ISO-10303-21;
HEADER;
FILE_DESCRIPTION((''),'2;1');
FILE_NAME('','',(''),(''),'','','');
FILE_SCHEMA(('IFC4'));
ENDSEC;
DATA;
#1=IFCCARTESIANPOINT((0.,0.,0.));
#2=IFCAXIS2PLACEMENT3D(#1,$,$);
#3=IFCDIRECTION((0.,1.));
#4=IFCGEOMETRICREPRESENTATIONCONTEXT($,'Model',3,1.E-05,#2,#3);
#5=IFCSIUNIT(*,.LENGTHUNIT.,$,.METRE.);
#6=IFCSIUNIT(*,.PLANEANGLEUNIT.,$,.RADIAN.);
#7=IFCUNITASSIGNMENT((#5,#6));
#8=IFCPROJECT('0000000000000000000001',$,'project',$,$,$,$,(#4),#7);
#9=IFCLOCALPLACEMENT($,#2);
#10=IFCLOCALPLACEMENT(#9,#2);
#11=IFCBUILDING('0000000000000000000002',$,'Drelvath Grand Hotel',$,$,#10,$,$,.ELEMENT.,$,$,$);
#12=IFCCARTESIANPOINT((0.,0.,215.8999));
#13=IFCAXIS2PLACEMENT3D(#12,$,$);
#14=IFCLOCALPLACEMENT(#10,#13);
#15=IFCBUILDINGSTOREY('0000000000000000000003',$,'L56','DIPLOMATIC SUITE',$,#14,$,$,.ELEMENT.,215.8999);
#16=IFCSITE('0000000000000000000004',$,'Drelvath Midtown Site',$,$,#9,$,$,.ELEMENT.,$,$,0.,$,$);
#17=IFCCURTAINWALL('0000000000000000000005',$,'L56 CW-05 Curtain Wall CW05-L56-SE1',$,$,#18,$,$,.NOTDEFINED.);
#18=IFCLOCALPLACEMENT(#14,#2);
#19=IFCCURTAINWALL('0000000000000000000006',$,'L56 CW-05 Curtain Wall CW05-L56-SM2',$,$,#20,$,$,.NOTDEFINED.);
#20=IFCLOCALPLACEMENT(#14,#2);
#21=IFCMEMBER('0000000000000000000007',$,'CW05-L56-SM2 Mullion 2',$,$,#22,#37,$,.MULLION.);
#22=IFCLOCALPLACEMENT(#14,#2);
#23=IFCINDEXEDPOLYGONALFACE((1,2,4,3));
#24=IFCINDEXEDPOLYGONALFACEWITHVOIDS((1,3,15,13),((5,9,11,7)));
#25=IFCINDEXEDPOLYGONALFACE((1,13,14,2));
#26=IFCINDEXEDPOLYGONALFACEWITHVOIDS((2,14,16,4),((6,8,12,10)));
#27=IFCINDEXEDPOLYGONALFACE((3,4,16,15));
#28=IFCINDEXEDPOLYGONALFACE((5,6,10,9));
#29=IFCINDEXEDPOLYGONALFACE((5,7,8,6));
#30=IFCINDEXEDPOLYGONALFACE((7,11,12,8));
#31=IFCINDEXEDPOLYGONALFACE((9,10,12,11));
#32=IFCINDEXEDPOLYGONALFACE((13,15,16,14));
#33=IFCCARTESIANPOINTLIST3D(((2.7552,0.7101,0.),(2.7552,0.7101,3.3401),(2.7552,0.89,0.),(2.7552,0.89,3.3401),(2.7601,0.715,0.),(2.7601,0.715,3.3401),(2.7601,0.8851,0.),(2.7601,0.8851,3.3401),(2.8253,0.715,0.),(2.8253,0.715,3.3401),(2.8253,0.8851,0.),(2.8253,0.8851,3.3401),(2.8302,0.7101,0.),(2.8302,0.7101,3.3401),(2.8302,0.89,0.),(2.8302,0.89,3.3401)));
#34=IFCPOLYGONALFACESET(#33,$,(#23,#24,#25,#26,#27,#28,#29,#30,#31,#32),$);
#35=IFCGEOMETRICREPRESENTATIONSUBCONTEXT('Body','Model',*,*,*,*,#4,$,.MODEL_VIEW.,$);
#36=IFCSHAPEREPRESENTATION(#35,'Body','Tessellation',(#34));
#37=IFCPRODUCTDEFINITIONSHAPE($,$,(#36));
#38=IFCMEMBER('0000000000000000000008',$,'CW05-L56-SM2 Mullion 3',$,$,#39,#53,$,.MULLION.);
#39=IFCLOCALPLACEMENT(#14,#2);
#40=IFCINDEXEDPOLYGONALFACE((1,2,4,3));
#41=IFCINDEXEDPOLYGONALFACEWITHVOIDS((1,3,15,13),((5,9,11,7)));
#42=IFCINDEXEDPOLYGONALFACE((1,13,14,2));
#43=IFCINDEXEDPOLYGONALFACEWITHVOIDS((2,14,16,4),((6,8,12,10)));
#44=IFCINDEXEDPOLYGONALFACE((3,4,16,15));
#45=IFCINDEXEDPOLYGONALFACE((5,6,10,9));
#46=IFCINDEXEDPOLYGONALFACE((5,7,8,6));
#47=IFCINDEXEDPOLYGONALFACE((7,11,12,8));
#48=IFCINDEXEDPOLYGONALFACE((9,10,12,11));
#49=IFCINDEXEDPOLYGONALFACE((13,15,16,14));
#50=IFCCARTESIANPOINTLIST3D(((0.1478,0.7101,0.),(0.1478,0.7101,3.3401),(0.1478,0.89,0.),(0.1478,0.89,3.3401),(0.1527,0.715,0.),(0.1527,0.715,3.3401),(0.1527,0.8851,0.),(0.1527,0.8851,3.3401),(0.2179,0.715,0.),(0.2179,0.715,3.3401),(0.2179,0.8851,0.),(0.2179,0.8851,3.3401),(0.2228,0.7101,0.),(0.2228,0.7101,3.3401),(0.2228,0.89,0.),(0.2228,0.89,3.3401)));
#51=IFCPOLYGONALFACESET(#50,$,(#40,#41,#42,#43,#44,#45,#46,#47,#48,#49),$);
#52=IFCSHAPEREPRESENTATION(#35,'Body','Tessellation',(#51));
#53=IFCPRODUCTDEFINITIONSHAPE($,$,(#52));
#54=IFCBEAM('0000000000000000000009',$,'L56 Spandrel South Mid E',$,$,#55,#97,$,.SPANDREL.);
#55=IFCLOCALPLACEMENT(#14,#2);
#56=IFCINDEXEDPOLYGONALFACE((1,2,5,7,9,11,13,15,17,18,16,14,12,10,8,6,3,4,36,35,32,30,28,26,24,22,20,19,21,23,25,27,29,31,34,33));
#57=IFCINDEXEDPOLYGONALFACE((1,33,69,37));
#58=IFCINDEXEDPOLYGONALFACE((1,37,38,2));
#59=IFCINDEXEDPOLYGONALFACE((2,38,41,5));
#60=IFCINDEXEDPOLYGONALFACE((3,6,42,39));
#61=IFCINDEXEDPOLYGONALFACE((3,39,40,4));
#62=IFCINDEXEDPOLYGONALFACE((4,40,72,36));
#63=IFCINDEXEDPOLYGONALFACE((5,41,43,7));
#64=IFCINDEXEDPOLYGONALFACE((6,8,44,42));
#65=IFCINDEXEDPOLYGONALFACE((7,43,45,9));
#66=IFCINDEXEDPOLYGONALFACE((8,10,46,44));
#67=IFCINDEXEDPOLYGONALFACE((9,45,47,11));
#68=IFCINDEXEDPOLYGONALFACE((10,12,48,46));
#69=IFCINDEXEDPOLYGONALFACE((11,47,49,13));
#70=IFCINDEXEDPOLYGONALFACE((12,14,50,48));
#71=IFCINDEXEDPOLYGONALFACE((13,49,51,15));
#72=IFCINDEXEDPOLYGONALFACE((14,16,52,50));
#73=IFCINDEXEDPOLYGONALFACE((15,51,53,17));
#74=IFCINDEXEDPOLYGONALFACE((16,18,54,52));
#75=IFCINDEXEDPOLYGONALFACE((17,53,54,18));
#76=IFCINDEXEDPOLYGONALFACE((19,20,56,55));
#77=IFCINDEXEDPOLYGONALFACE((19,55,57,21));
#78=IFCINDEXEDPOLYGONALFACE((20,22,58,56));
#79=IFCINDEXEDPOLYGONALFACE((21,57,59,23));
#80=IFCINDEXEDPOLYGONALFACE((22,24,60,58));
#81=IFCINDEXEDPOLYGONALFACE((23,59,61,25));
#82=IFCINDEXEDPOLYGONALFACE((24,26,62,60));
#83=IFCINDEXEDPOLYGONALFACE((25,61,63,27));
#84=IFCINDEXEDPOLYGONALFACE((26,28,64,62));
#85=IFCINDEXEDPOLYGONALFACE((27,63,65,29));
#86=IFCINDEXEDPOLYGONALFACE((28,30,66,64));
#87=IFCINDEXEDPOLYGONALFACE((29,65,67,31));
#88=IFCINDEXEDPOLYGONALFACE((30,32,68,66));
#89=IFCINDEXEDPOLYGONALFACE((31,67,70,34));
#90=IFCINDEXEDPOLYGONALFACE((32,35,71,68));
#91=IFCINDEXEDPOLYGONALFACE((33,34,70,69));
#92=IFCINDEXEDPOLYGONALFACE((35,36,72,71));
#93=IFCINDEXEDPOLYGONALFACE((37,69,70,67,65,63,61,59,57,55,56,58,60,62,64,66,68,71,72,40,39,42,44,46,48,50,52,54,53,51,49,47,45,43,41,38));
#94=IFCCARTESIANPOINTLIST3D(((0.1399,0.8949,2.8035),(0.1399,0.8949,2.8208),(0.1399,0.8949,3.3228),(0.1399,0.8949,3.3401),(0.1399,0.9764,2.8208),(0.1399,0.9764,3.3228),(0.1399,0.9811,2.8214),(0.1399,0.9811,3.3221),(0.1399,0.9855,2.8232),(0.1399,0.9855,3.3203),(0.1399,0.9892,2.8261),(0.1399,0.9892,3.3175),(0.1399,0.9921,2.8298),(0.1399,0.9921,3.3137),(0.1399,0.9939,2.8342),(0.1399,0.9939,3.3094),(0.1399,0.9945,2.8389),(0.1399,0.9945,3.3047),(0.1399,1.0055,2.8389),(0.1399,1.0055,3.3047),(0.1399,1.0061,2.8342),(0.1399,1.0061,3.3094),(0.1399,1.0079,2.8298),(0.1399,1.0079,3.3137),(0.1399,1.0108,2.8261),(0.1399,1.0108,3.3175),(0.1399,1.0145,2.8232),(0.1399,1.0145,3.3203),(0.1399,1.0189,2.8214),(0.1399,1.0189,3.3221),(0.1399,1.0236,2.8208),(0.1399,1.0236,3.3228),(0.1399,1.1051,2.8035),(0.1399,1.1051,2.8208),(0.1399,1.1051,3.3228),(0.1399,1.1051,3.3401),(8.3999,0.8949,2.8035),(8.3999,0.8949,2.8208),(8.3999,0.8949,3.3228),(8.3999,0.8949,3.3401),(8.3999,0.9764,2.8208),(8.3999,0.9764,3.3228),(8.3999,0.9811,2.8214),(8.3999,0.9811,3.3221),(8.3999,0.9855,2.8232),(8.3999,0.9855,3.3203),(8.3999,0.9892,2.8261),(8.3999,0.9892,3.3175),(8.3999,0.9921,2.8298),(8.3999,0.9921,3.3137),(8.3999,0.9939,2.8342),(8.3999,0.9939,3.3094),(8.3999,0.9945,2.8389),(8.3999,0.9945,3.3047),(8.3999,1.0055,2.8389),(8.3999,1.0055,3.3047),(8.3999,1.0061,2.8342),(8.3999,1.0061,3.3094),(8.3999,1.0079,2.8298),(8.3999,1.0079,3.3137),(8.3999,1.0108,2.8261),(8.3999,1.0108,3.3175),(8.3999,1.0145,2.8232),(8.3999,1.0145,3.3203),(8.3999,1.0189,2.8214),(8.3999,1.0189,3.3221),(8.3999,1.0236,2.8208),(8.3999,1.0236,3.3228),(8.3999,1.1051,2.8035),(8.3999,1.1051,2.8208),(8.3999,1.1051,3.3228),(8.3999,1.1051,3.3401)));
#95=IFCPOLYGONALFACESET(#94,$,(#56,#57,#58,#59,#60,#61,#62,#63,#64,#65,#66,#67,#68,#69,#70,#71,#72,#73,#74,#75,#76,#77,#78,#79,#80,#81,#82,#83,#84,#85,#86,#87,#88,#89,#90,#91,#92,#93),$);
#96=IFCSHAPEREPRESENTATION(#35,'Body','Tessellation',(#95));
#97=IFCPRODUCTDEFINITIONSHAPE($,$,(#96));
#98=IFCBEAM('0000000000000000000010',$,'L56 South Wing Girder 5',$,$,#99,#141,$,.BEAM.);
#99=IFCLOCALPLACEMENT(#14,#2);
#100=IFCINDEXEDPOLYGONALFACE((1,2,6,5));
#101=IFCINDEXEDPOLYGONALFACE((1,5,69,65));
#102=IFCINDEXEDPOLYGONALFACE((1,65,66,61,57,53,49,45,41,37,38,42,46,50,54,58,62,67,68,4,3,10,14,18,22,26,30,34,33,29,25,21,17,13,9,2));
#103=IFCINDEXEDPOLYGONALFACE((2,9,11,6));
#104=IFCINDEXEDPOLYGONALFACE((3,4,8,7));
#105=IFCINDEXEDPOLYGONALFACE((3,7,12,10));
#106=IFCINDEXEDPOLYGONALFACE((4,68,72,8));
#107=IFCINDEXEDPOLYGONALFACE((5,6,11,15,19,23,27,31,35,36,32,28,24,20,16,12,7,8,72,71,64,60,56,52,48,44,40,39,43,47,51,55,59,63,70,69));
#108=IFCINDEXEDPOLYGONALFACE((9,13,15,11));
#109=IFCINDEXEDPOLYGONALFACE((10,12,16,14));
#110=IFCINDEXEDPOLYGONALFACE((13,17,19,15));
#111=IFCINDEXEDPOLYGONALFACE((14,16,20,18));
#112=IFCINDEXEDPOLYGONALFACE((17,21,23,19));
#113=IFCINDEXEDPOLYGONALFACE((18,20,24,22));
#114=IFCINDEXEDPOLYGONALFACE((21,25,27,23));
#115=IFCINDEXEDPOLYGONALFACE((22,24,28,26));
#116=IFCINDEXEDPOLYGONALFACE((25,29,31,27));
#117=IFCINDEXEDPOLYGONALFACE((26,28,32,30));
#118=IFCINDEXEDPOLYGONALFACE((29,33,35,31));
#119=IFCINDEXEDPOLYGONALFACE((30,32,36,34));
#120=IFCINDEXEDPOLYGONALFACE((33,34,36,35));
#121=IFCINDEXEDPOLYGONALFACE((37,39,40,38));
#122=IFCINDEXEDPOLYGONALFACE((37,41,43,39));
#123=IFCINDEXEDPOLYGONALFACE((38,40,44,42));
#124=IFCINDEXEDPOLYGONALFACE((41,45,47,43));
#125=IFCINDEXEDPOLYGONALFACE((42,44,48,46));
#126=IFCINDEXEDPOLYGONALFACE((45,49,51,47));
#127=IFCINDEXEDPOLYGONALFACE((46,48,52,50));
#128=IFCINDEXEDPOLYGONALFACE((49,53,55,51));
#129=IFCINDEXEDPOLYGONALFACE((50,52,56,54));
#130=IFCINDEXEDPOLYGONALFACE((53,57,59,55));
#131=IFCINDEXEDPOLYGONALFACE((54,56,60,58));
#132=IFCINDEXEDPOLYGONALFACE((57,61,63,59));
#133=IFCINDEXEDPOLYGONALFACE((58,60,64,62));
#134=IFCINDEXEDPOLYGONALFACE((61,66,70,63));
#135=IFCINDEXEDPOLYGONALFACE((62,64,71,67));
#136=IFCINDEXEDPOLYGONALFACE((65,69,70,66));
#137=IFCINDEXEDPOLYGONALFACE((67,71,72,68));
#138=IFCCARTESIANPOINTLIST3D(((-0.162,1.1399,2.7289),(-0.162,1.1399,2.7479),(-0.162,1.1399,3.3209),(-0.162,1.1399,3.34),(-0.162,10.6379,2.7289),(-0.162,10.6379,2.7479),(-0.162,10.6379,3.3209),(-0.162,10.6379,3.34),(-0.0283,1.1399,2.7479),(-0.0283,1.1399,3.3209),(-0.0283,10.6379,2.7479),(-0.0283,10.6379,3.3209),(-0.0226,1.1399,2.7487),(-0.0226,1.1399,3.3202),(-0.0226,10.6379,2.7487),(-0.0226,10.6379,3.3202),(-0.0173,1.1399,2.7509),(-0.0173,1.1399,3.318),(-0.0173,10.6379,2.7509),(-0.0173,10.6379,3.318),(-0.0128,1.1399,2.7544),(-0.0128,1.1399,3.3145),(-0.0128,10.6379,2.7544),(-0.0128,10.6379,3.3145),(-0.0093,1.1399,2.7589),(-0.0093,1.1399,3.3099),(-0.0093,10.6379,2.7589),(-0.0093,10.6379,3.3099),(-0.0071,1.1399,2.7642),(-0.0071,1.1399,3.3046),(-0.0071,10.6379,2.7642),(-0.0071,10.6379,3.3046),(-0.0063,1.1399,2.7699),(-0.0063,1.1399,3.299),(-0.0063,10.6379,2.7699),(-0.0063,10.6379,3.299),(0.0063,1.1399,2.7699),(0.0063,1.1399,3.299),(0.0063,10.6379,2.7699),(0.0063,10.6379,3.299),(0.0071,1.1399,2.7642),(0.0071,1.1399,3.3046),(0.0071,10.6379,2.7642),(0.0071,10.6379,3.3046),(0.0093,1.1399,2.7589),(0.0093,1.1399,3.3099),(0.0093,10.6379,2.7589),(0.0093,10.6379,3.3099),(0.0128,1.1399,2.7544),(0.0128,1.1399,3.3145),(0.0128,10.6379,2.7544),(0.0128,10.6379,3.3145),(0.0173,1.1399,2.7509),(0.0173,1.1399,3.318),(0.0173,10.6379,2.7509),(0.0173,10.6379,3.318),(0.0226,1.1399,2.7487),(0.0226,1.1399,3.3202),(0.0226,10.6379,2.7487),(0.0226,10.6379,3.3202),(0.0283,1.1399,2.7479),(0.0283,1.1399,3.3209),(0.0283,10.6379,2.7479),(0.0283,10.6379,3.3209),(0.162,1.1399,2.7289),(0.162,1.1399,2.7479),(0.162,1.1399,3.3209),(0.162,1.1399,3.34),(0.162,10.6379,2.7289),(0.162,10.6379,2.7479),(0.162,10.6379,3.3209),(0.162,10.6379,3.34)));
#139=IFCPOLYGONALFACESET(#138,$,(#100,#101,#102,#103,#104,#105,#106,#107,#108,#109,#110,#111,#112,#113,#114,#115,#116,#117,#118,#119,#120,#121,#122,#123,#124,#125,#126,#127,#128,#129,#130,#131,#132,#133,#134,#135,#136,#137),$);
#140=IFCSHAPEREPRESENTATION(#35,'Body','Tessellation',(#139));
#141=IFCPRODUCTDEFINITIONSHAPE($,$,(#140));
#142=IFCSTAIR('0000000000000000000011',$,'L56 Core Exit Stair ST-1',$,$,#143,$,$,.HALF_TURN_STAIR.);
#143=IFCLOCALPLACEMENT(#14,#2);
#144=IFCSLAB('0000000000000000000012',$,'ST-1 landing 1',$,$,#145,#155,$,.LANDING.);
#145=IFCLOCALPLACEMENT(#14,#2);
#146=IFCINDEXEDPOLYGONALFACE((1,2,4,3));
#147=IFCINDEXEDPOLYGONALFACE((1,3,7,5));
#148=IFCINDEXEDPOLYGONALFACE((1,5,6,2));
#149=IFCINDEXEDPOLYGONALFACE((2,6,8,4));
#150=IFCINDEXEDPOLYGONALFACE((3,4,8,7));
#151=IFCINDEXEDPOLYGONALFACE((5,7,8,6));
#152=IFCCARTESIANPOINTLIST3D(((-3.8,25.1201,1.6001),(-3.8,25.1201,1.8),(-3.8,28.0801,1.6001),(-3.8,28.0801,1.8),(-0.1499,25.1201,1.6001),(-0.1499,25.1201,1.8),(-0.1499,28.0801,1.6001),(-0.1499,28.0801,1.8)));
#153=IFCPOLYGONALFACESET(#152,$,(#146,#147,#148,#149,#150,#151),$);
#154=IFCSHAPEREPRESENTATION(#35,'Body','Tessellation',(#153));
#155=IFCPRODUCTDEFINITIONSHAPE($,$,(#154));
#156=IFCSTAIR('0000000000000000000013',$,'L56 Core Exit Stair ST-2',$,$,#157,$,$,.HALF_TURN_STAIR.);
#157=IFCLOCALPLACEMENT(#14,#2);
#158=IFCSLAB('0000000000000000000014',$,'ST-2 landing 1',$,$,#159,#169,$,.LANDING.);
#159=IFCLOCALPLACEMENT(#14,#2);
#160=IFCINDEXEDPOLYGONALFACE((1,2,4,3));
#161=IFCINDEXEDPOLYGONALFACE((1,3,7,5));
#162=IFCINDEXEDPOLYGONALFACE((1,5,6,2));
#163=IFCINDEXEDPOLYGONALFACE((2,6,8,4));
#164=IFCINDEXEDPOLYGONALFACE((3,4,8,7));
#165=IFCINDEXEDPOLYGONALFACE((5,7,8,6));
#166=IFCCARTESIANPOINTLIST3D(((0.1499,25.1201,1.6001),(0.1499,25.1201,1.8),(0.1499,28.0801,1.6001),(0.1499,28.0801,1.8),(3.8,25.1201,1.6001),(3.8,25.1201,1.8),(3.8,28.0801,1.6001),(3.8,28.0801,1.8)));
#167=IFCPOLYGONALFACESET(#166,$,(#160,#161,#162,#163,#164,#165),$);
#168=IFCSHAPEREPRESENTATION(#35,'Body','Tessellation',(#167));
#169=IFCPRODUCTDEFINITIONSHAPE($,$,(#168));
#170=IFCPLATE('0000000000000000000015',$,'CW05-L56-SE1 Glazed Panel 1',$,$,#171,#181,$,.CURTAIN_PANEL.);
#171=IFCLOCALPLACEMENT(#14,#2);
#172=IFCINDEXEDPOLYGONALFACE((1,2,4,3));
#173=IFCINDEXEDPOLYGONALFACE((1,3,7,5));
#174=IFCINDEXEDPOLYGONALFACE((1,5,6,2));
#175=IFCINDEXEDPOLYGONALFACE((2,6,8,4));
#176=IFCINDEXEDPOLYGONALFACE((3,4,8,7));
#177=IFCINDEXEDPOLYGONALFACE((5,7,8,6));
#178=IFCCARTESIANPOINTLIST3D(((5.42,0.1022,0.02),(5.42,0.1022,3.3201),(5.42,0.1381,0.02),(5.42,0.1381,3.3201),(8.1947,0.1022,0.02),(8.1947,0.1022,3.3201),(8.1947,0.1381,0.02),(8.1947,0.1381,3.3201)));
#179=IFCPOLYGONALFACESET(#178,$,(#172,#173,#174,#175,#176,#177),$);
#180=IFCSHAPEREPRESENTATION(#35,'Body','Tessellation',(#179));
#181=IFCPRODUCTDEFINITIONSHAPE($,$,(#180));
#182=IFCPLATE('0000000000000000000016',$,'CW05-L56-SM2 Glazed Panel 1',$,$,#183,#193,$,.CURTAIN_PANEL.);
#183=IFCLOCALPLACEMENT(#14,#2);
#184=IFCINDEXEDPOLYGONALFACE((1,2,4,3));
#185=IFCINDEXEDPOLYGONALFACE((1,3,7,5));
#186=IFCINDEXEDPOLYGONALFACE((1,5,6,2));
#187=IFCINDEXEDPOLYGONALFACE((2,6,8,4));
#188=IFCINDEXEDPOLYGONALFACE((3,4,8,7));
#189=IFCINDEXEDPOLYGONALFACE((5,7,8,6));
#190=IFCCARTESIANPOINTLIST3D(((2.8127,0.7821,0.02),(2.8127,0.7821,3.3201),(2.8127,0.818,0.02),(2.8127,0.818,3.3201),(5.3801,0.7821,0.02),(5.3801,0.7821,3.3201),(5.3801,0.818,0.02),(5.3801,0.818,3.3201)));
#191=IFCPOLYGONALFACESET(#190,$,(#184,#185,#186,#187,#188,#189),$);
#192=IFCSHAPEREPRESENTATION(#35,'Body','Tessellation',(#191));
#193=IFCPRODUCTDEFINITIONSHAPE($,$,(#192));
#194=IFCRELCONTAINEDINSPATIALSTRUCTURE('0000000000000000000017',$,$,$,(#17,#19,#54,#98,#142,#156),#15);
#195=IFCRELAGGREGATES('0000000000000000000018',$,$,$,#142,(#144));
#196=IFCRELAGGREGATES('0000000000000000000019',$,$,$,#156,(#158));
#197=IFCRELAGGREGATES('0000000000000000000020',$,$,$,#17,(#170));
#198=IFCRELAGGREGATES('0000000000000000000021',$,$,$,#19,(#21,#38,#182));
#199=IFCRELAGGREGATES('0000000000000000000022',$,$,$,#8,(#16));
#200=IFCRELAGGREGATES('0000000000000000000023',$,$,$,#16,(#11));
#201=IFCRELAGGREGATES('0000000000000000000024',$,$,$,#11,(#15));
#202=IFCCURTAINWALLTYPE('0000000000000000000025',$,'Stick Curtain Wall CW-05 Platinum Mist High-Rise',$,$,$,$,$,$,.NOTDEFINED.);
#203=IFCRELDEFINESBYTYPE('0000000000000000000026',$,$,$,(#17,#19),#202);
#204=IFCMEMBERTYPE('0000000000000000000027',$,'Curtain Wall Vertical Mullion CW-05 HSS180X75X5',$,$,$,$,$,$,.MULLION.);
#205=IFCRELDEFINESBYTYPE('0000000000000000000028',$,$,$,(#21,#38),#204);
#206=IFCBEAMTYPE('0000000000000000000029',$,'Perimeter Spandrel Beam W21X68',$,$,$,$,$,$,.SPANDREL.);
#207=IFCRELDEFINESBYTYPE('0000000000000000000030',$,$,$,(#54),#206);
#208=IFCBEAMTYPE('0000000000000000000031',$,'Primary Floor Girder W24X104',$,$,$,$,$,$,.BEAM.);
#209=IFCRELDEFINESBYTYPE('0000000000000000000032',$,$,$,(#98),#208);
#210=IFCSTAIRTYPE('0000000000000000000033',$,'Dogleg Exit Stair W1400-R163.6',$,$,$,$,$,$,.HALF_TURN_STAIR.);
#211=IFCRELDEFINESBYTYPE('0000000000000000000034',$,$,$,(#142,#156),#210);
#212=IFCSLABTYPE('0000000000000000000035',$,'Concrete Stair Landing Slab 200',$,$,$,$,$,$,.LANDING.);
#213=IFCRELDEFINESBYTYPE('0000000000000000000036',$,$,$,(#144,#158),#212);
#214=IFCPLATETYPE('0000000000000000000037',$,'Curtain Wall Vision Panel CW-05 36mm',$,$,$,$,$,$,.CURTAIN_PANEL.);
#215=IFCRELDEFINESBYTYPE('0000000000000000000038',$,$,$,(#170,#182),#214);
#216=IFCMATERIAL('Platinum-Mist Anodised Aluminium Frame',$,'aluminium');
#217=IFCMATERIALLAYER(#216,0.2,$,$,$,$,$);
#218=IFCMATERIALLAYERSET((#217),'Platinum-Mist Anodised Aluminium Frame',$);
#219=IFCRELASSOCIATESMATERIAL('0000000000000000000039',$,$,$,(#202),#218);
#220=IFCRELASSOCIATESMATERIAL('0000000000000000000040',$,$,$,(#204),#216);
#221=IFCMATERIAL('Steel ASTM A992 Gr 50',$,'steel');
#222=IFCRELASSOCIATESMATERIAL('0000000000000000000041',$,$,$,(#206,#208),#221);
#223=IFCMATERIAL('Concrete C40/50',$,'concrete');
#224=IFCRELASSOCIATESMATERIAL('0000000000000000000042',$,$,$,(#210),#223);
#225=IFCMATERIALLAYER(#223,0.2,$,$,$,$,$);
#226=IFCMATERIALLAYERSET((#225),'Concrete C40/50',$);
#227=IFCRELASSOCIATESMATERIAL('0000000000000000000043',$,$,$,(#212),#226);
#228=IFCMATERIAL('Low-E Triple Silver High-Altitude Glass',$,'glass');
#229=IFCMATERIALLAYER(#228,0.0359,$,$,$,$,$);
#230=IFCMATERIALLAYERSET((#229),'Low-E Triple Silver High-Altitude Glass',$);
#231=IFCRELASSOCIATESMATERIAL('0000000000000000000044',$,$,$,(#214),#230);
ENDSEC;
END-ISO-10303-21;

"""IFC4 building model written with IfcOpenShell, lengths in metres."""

from ifc_helpers import new_model, si_unit, direction, frame, origin, origin_2d, place, context, subcontext, project, spatial, polyline, rectangle, hollow_rectangle, i_section, outline, extrude, material, layer, layer_set, material_profile, profile_set, type_object, element, aggregate, save


model = new_model("IFC4")

# Units and contexts
model_context = context("Model", 3, precision=1e-05, world=origin(), true_north=direction((0.0, 1.0)))
body_context = subcontext(model_context, "Body", "Model", "MODEL_VIEW")
ifc_project = project(units=[si_unit("LENGTHUNIT", "METRE"), si_unit("PLANEANGLEUNIT", "RADIAN")], contexts=[model_context])

# Site, building, storey
site_placement = place(None, origin())
site = spatial("IfcSite", under=ifc_project, at=site_placement, Name="Drelvath Midtown Site", CompositionType="ELEMENT", RefElevation=0.0)
building_placement = place(site_placement, origin())
building = spatial("IfcBuilding", under=site, at=building_placement, Name="Drelvath Grand Hotel", CompositionType="ELEMENT")
storey_placement = place(building_placement, frame((0.0, 0.0, 215.8999)))
storey = spatial("IfcBuildingStorey", under=building, at=storey_placement, Name="L56", Description="DIPLOMATIC SUITE", CompositionType="ELEMENT", Elevation=215.8999)

# Curtain walls
ifc_material_1 = material(Name="Platinum-Mist Anodised Aluminium Frame", Category="aluminium")
ifc_layer_1 = layer(ifc_material_1, 0.2)
ifc_layer_set_1 = layer_set([ifc_layer_1], Name="Platinum-Mist Anodised Aluminium Frame")
curtain_wall_type = type_object("IfcCurtainWallType", Name="Stick Curtain Wall CW-05 Platinum Mist High-Rise", PredefinedType="NOTDEFINED", material=ifc_layer_set_1)
curtain_wall_1_placement = place(storey_placement, origin())
curtain_wall_1 = element("IfcCurtainWall", 1, at=curtain_wall_1_placement, inside=storey, type_object=curtain_wall_type, Name="L56 CW-05 Curtain Wall CW05-L56-SE1", PredefinedType="NOTDEFINED")
curtain_wall_2_placement = place(storey_placement, origin())
curtain_wall_2 = element("IfcCurtainWall", 2, at=curtain_wall_2_placement, inside=storey, type_object=curtain_wall_type, Name="L56 CW-05 Curtain Wall CW05-L56-SM2", PredefinedType="NOTDEFINED")

# Members
ifc_material_profile_1 = material_profile(ifc_material_1, hollow_rectangle(XDim=0.075, YDim=0.1799, WallThickness=0.0049, at=origin_2d()), Name="HSS180X75X5")
ifc_profile_set_1 = profile_set([ifc_material_profile_1], Name="Platinum-Mist Anodised Aluminium Frame")
member_type_1 = type_object("IfcMemberType", Name="Curtain Wall Vertical Mullion CW-05 HSS180X75X5", PredefinedType="MULLION", material=ifc_profile_set_1)
member_1_placement = place(storey_placement, frame((2.7927, 0.8, 0.0), z_axis=(0.0, 0.0, 1.0), x_axis=(1.0, 0.0, 0.0)))
member_1 = element("IfcMember", 3, at=member_1_placement, type_object=member_type_1, Name="CW05-L56-SM2 Mullion 2", PredefinedType="MULLION", context=body_context, shape_type="SweptSolid", body=[
    extrude(hollow_rectangle(XDim=0.075, YDim=0.1799, WallThickness=0.0049, at=origin_2d()), origin(), (0.0, 0.0, 1.0), 3.3401),
])
member_2_placement = place(storey_placement, frame((0.1853, 0.8, 0.0), z_axis=(0.0, 0.0, 1.0), x_axis=(1.0, 0.0, 0.0)))
member_2 = element("IfcMember", 4, at=member_2_placement, type_object=member_type_1, Name="CW05-L56-SM2 Mullion 3", PredefinedType="MULLION", context=body_context, shape_type="SweptSolid", body=[
    extrude(hollow_rectangle(XDim=0.075, YDim=0.1799, WallThickness=0.0049, at=origin_2d()), origin(), (0.0, 0.0, 1.0), 3.3401),
])

# Beams
ifc_material_2 = material(Name="Steel ASTM A992 Gr 50", Category="steel")
ifc_material_profile_2 = material_profile(ifc_material_2, i_section(OverallWidth=0.2102, OverallDepth=0.5366, WebThickness=0.011, FlangeThickness=0.0173, FilletRadius=0.0181, at=origin_2d()), Name="W21X68")
ifc_profile_set_2 = profile_set([ifc_material_profile_2], Name="Steel ASTM A992 Gr 50")
beam_type_1 = type_object("IfcBeamType", Name="Perimeter Spandrel Beam W21X68", PredefinedType="SPANDREL", material=ifc_profile_set_2)
beam_1_placement = place(storey_placement, frame((0.1399, 1.0, 3.0718), z_axis=(1.0, 0.0, 0.0), x_axis=(0.0, 1.0, 0.0)))
element("IfcBeam", 5, at=beam_1_placement, inside=storey, type_object=beam_type_1, Name="L56 Spandrel South Mid E", PredefinedType="SPANDREL", context=body_context, shape_type="SweptSolid", body=[
    extrude(i_section(OverallWidth=0.2102, OverallDepth=0.5366, WebThickness=0.011, FlangeThickness=0.0173, FilletRadius=0.0181, at=origin_2d()), origin(), (0.0, 0.0, 1.0), 8.26),
])
ifc_material_profile_3 = material_profile(ifc_material_2, i_section(OverallWidth=0.324, OverallDepth=0.6111, WebThickness=0.0127, FlangeThickness=0.019, FilletRadius=0.022, at=origin_2d()), Name="W24X104")
ifc_profile_set_3 = profile_set([ifc_material_profile_3], Name="Steel ASTM A992 Gr 50")
beam_type_2 = type_object("IfcBeamType", Name="Primary Floor Girder W24X104", PredefinedType="BEAM", material=ifc_profile_set_3)
beam_2_placement = place(storey_placement, frame((0.0, 1.1399, 3.0344), z_axis=(0.0, 1.0, 0.0), x_axis=(-1.0, 0.0, 0.0)))
element("IfcBeam", 6, at=beam_2_placement, inside=storey, type_object=beam_type_2, Name="L56 South Wing Girder 5", PredefinedType="BEAM", context=body_context, shape_type="SweptSolid", body=[
    extrude(i_section(OverallWidth=0.324, OverallDepth=0.6111, WebThickness=0.0127, FlangeThickness=0.019, FilletRadius=0.022, at=origin_2d()), origin(), (0.0, 0.0, 1.0), 9.498),
])

# Stairs, slabs
ifc_material_3 = material(Name="Concrete C40/50", Category="concrete")
stair_type = type_object("IfcStairType", Name="Dogleg Exit Stair W1400-R163.6", PredefinedType="HALF_TURN_STAIR", material=ifc_material_3)
stair_1_placement = place(storey_placement, origin())
stair_1 = element("IfcStair", 7, at=stair_1_placement, inside=storey, type_object=stair_type, Name="L56 Core Exit Stair ST-1", PredefinedType="HALF_TURN_STAIR")
ifc_layer_2 = layer(ifc_material_3, 0.2)
ifc_layer_set_2 = layer_set([ifc_layer_2], Name="Concrete C40/50")
slab_type = type_object("IfcSlabType", Name="Concrete Stair Landing Slab 200", PredefinedType="LANDING", material=ifc_layer_set_2)
slab_1_placement = place(storey_placement, frame((0.0, 0.0, 1.6001)))
slab_1 = element("IfcSlab", 8, at=slab_1_placement, type_object=slab_type, Name="ST-1 landing 1", PredefinedType="LANDING", context=body_context, shape_type="SweptSolid", body=[
    extrude(outline(polyline([(-3.8, 25.1201), (-0.1499, 25.1201), (-0.1499, 28.0801), (-3.8, 28.0801), (-3.8, 25.1201)])), origin(), (0.0, 0.0, 1.0), 0.2),
])
aggregate(stair_1, [slab_1])
stair_2_placement = place(storey_placement, origin())
stair_2 = element("IfcStair", 9, at=stair_2_placement, inside=storey, type_object=stair_type, Name="L56 Core Exit Stair ST-2", PredefinedType="HALF_TURN_STAIR")
slab_2_placement = place(storey_placement, frame((0.0, 0.0, 1.6001)))
slab_2 = element("IfcSlab", 10, at=slab_2_placement, type_object=slab_type, Name="ST-2 landing 1", PredefinedType="LANDING", context=body_context, shape_type="SweptSolid", body=[
    extrude(outline(polyline([(3.8, 28.0801), (0.1499, 28.0801), (0.1499, 25.1201), (3.8, 25.1201), (3.8, 28.0801)])), origin(), (0.0, 0.0, 1.0), 0.2),
])
aggregate(stair_2, [slab_2])

# Plates
ifc_material_4 = material(Name="Low-E Triple Silver High-Altitude Glass", Category="glass")
ifc_layer_3 = layer(ifc_material_4, 0.0359)
ifc_layer_set_3 = layer_set([ifc_layer_3], Name="Low-E Triple Silver High-Altitude Glass")
plate_type = type_object("IfcPlateType", Name="Curtain Wall Vision Panel CW-05 36mm", PredefinedType="CURTAIN_PANEL", material=ifc_layer_set_3)
plate_1_placement = place(storey_placement, frame((6.8074, 0.1201, 0.02), z_axis=(0.0, 0.0, 1.0), x_axis=(-1.0, 0.0, 0.0)))
plate_1 = element("IfcPlate", 11, at=plate_1_placement, type_object=plate_type, Name="CW05-L56-SE1 Glazed Panel 1", PredefinedType="CURTAIN_PANEL", context=body_context, shape_type="SweptSolid", body=[
    extrude(rectangle(XDim=2.7747, YDim=0.0359, at=origin_2d()), origin(), (0.0, 0.0, 1.0), 3.3),
])
aggregate(curtain_wall_1, [plate_1])
plate_2_placement = place(storey_placement, frame((4.0964, 0.8, 0.02), z_axis=(0.0, 0.0, 1.0), x_axis=(-1.0, 0.0, 0.0)))
plate_2 = element("IfcPlate", 12, at=plate_2_placement, type_object=plate_type, Name="CW05-L56-SM2 Glazed Panel 1", PredefinedType="CURTAIN_PANEL", context=body_context, shape_type="SweptSolid", body=[
    extrude(rectangle(XDim=2.5674, YDim=0.0359, at=origin_2d()), origin(), (0.0, 0.0, 1.0), 3.3),
])
aggregate(curtain_wall_2, [member_1, member_2, plate_2])

save(model, "model.ifc")
